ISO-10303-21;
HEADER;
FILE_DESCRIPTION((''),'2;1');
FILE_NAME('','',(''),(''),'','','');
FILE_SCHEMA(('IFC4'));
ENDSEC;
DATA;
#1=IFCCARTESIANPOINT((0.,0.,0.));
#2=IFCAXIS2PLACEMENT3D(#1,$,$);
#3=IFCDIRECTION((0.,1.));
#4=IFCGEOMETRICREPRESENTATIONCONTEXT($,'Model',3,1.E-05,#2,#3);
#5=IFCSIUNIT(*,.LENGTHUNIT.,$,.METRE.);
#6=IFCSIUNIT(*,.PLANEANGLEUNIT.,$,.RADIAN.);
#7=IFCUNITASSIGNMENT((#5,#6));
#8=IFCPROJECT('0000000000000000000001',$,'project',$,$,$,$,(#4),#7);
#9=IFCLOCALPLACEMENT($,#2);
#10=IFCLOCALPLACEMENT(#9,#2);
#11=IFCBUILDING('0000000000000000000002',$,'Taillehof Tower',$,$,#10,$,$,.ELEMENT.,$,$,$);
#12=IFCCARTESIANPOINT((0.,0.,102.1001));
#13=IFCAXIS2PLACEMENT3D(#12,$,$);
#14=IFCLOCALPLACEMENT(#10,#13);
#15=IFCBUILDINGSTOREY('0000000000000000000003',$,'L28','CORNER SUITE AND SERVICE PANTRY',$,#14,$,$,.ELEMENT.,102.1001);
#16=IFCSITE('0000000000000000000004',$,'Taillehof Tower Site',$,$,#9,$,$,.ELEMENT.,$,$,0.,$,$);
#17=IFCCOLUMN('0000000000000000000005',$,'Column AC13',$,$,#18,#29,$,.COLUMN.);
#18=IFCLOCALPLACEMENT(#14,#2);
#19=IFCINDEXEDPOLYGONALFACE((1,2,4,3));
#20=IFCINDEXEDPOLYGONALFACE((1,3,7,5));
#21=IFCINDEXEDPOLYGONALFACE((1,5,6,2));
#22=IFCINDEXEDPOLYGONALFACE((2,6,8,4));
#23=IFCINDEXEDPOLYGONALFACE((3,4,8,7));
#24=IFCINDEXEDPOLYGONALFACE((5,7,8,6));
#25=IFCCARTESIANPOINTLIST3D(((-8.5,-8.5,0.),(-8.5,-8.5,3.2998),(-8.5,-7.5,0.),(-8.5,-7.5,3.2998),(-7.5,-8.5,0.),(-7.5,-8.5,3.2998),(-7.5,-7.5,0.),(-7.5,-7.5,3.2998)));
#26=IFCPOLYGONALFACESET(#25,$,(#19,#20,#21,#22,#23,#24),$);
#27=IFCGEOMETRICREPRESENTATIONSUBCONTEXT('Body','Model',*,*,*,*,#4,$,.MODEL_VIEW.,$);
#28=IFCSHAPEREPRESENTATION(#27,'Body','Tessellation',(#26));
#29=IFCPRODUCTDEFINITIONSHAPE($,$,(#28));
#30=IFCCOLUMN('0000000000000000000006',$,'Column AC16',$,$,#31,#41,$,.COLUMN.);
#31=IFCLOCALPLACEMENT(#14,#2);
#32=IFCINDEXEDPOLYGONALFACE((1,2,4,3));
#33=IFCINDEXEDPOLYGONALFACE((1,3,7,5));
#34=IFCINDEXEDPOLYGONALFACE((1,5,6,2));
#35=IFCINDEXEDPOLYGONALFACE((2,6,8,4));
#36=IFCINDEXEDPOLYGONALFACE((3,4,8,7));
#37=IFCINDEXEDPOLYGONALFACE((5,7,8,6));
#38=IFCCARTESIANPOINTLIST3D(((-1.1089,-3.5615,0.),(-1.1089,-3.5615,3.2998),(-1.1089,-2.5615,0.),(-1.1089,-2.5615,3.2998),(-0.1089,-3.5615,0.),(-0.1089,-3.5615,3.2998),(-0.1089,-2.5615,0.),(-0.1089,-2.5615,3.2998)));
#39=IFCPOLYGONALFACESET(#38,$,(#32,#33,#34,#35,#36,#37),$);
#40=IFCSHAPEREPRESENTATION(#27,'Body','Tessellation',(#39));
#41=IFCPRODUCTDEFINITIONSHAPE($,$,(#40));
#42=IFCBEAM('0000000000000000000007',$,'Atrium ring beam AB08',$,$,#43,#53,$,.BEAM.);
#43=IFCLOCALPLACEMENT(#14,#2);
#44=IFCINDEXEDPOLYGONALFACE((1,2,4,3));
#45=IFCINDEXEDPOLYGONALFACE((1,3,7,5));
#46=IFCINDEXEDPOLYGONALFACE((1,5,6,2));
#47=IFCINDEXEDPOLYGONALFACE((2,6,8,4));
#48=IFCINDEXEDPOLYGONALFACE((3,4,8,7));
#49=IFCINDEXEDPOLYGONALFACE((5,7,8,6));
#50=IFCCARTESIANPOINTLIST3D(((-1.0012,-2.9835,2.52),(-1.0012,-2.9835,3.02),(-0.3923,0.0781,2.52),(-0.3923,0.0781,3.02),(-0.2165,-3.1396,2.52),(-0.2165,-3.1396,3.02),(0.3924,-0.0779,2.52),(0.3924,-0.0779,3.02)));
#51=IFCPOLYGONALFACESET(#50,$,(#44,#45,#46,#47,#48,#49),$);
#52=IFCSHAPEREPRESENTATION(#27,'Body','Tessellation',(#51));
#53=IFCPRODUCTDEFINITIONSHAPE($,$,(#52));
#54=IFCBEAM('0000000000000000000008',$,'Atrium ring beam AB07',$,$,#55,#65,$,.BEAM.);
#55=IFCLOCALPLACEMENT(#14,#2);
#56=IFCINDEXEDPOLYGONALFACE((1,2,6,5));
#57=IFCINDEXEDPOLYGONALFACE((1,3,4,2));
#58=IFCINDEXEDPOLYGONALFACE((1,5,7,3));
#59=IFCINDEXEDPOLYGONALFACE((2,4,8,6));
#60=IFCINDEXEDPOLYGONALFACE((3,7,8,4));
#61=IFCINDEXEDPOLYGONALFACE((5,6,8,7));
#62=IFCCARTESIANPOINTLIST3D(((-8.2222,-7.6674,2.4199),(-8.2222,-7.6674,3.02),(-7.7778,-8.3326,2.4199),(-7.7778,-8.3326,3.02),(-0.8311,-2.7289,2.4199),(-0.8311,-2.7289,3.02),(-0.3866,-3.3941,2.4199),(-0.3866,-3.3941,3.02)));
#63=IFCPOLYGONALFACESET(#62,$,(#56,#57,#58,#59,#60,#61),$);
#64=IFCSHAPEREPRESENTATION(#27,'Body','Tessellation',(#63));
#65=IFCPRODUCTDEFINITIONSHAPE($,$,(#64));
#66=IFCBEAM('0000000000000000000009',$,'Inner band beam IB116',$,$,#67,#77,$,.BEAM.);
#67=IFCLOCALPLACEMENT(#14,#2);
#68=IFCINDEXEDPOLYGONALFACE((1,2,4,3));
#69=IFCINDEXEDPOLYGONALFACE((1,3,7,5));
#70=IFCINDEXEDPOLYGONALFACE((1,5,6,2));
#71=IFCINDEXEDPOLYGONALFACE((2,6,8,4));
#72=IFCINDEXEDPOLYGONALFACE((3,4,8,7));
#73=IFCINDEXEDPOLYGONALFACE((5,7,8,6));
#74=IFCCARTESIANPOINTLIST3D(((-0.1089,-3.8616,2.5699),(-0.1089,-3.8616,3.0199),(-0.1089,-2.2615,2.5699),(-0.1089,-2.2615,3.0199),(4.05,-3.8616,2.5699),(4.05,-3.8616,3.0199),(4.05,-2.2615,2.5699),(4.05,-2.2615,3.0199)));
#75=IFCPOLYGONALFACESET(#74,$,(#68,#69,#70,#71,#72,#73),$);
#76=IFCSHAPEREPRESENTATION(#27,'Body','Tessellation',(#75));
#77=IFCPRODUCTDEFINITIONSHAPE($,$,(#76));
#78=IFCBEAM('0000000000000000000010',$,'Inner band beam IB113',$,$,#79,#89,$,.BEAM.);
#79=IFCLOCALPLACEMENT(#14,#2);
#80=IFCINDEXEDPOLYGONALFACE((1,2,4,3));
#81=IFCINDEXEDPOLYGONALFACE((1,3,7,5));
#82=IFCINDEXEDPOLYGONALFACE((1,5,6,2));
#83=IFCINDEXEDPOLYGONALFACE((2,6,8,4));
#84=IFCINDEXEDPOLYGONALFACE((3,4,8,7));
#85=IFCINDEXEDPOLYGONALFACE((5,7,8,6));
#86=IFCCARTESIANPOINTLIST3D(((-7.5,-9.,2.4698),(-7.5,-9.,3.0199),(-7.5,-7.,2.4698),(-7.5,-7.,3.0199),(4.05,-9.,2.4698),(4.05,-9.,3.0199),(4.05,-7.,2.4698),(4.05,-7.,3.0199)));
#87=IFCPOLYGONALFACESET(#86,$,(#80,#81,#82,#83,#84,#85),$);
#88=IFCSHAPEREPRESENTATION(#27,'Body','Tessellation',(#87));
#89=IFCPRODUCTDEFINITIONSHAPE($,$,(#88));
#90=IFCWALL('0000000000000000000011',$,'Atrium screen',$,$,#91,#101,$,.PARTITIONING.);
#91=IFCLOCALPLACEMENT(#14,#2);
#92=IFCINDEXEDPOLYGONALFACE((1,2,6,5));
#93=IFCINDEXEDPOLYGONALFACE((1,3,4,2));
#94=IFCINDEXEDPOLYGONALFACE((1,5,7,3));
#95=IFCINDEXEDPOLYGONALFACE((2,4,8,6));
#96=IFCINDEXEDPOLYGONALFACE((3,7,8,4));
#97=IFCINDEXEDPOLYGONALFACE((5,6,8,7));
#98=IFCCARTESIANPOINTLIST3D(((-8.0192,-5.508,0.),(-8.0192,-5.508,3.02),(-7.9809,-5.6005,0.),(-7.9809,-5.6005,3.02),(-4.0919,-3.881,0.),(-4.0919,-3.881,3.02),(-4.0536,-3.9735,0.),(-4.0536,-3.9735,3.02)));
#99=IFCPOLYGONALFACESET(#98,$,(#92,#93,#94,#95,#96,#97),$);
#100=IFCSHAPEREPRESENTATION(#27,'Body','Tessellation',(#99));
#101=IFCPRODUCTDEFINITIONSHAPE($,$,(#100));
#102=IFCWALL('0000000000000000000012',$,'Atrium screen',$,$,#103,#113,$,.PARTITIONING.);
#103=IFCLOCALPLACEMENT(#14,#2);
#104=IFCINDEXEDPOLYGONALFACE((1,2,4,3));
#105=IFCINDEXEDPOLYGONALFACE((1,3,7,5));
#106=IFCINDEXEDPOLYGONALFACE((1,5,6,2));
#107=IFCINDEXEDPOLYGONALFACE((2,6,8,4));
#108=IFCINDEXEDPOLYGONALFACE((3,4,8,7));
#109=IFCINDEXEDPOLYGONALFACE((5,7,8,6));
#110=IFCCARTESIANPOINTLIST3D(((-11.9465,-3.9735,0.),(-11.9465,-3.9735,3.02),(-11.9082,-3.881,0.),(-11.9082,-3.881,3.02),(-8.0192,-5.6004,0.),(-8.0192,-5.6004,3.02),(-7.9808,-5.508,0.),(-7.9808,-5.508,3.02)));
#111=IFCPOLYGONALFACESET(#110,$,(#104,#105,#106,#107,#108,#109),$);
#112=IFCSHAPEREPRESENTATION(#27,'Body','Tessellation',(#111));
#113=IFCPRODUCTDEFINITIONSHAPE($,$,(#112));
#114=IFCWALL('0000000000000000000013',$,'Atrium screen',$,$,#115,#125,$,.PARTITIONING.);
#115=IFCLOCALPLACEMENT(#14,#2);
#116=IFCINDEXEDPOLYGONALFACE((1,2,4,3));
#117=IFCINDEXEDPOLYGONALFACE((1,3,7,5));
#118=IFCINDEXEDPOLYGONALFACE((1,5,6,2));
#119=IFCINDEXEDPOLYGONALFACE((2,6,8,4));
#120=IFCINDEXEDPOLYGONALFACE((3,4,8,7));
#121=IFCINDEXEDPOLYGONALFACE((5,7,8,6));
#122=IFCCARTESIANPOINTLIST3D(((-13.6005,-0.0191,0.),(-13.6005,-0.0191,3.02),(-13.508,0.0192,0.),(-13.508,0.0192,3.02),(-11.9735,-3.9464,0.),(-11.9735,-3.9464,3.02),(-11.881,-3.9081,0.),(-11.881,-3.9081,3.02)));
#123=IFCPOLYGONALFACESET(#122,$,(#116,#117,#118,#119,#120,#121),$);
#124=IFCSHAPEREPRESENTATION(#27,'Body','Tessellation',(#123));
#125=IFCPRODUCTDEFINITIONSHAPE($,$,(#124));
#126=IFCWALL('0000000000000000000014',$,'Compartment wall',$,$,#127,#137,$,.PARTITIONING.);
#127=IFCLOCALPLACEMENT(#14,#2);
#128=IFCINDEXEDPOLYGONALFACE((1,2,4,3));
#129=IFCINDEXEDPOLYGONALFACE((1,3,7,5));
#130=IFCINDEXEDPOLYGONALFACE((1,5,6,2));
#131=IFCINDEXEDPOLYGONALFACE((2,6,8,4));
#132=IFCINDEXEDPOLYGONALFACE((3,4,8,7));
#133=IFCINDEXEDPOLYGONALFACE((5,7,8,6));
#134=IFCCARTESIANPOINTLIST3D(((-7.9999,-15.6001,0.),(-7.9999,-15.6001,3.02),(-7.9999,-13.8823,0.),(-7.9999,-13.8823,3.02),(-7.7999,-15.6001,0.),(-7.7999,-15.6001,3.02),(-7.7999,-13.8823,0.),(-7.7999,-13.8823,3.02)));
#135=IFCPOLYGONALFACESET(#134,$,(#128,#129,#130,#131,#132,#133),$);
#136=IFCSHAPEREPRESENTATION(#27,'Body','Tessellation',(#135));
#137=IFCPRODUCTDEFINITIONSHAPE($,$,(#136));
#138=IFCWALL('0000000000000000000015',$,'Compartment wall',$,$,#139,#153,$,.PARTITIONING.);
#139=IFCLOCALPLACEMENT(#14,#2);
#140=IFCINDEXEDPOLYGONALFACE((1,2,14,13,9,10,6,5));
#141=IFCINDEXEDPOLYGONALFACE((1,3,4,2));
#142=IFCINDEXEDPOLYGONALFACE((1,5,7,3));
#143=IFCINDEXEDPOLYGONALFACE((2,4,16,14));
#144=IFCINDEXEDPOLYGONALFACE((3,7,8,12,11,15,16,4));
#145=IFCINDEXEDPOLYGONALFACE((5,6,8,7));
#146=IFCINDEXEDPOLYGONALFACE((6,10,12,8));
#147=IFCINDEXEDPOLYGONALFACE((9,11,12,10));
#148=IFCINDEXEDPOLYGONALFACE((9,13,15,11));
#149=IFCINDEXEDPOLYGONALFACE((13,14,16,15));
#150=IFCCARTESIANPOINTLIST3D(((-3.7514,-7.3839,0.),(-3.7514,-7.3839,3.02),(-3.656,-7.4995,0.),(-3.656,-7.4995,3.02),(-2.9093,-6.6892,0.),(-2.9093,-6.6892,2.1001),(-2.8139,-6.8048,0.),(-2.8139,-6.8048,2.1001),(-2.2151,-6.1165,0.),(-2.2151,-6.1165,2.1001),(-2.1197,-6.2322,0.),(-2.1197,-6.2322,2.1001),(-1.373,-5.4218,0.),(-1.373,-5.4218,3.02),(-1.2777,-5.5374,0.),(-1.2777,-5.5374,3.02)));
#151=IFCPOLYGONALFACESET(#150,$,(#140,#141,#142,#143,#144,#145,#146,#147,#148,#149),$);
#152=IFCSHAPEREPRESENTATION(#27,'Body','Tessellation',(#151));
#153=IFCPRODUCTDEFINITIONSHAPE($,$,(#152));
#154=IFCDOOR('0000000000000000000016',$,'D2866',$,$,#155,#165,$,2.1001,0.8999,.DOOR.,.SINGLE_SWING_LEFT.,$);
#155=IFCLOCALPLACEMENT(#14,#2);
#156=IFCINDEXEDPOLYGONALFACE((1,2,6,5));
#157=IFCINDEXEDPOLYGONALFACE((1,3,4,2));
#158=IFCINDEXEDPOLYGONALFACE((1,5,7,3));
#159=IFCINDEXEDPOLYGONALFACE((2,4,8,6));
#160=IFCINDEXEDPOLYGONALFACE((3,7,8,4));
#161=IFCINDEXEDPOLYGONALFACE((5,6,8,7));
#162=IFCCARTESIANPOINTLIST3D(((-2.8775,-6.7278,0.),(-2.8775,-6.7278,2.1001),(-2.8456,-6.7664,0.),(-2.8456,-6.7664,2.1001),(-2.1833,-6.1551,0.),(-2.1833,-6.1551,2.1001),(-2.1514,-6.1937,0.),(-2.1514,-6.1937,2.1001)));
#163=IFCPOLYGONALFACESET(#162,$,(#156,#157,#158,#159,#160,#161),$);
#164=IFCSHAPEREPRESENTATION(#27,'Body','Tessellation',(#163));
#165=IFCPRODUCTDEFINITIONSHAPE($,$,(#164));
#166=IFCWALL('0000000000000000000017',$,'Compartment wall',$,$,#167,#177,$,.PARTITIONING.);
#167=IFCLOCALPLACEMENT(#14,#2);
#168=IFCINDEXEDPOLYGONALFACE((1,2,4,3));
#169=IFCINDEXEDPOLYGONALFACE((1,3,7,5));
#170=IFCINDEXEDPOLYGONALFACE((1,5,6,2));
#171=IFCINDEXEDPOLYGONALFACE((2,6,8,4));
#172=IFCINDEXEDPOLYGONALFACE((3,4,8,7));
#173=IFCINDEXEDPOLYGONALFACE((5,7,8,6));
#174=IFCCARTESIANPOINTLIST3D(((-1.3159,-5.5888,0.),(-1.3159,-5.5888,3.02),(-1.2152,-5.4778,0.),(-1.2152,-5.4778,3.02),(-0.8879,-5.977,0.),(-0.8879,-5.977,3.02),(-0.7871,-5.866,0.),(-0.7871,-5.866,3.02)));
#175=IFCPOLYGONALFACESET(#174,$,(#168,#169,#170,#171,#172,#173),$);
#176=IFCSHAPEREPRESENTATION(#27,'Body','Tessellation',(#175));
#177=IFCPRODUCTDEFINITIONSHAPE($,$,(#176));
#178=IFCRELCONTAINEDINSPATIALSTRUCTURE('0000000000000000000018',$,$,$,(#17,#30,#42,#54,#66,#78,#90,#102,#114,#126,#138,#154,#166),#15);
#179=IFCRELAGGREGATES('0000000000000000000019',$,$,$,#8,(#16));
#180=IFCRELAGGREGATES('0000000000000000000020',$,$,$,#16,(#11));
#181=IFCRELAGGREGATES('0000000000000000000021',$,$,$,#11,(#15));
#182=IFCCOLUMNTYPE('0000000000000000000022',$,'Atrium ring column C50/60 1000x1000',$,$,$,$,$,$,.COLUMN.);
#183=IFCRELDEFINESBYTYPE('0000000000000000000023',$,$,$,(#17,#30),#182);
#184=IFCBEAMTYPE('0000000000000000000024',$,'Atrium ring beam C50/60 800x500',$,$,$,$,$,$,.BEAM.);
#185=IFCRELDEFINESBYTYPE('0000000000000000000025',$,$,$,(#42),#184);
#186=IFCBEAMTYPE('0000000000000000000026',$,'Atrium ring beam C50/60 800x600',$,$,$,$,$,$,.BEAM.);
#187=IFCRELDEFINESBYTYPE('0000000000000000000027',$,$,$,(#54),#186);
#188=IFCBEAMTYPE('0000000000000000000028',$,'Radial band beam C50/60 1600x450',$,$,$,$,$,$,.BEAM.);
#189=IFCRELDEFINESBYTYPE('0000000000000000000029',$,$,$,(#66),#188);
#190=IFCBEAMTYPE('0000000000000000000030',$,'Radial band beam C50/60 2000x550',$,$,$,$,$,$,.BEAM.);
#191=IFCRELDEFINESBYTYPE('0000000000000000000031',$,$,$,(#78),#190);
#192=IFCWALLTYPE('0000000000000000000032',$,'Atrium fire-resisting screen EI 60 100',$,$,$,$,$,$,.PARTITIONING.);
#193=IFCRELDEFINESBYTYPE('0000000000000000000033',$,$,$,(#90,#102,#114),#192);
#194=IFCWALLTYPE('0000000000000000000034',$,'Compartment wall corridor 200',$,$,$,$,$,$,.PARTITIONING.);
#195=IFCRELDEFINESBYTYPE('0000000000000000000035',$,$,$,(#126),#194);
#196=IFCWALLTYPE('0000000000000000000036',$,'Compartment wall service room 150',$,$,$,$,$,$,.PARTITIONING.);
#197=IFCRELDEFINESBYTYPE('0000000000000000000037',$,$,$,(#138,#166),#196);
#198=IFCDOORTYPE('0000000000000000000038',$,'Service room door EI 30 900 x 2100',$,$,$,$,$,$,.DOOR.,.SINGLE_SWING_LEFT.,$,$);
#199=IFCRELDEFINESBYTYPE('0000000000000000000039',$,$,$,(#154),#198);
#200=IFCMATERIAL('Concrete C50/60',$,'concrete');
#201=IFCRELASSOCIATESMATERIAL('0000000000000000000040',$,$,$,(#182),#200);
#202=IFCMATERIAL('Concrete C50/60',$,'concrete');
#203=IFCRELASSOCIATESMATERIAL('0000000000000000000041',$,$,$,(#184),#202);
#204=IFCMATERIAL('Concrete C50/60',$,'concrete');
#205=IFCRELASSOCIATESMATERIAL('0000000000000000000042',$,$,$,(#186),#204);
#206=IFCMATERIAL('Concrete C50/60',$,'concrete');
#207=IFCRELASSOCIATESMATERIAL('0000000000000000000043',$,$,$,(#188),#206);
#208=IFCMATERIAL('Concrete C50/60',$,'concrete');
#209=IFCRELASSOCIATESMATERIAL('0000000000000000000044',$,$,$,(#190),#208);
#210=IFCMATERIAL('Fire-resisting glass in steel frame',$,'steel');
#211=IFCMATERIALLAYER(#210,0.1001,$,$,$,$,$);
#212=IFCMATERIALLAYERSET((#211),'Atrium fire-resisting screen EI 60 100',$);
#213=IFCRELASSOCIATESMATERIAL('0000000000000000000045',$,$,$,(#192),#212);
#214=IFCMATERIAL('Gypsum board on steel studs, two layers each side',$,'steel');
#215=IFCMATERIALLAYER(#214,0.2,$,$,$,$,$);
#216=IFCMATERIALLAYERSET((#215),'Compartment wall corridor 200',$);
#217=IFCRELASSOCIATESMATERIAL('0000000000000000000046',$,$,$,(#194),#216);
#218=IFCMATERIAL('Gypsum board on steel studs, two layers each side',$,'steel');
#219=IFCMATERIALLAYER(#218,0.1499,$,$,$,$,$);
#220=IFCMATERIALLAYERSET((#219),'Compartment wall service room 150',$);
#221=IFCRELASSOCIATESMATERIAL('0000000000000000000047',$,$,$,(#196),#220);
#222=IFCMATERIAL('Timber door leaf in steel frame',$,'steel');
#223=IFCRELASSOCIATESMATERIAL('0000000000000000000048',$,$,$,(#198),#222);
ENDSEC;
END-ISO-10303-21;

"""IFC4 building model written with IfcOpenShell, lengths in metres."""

from ifc_helpers import new_model, si_unit, direction, frame, frame_2d, origin, origin_2d, place, context, subcontext, project, spatial, rectangle, extrude, material, layer, layer_set, material_profile, profile_set, type_object, element, fill, save


model = new_model("IFC4")

# Units and contexts
model_context = context("Model", 3, precision=1e-05, world=origin(), true_north=direction((0.0, 1.0)))
body_context = subcontext(model_context, "Body", "Model", "MODEL_VIEW")
ifc_project = project(units=[si_unit("LENGTHUNIT", "METRE"), si_unit("PLANEANGLEUNIT", "RADIAN")], contexts=[model_context])

# Site, building, storey
site_placement = place(None, origin())
site = spatial("IfcSite", under=ifc_project, at=site_placement, Name="Taillehof Tower Site", CompositionType="ELEMENT", RefElevation=0.0)
building_placement = place(site_placement, origin())
building = spatial("IfcBuilding", under=site, at=building_placement, Name="Taillehof Tower", CompositionType="ELEMENT")
storey_placement = place(building_placement, frame((0.0, 0.0, 102.1001)))
storey = spatial("IfcBuildingStorey", under=building, at=storey_placement, Name="L28", Description="CORNER SUITE AND SERVICE PANTRY", CompositionType="ELEMENT", Elevation=102.1001)

# Columns
ifc_material_1 = material(Name="Concrete C50/60", Category="concrete")
ifc_material_profile_1 = material_profile(ifc_material_1, rectangle(XDim=1.0, YDim=1.0, at=origin_2d()), Name="RC 1000x1000")
ifc_profile_set_1 = profile_set([ifc_material_profile_1], Name="Concrete C50/60")
column_type = type_object("IfcColumnType", Name="Atrium ring column C50/60 1000x1000", PredefinedType="COLUMN", material=ifc_profile_set_1)
for number, where, z_axis, x_axis, name in (
    (1, (-8.0, -8.0, 0.0), (0.0, 0.0, 1.0), (1.0, 0.0, 0.0), "Column AC13"),
    (2, (-0.6089, -3.0615, 0.0), (0.0, 0.0, 1.0), (1.0, 0.0, 0.0), "Column AC16"),
):
    element("IfcColumn", number, at=place(storey_placement, frame(where, z_axis=z_axis, x_axis=x_axis)), inside=storey, type_object=column_type, Name=name, PredefinedType="COLUMN", context=body_context, shape_type="SweptSolid", body=[
        extrude(rectangle(XDim=1.0, YDim=1.0, at=origin_2d()), origin(), (0.0, 0.0, 1.0), 3.2998),
    ])

# Beams
ifc_material_2 = material(Name="Concrete C50/60", Category="concrete")
ifc_material_profile_2 = material_profile(ifc_material_2, rectangle(XDim=0.8, YDim=0.5, at=origin_2d()), Name="RC 800x500")
ifc_profile_set_2 = profile_set([ifc_material_profile_2], Name="Concrete C50/60")
beam_type_1 = type_object("IfcBeamType", Name="Atrium ring beam C50/60 800x500", PredefinedType="BEAM", material=ifc_profile_set_2)
beam_1_placement = place(storey_placement, frame((-0.6089, -3.0615, 2.77), z_axis=(0.195063, 0.980791, 0.0), x_axis=(-0.980791, 0.195063, 0.0)))
element("IfcBeam", 3, at=beam_1_placement, inside=storey, type_object=beam_type_1, Name="Atrium ring beam AB08", PredefinedType="BEAM", context=body_context, shape_type="SweptSolid", body=[
    extrude(rectangle(XDim=0.8, YDim=0.5, at=origin_2d()), origin(), (0.0, 0.0, 1.0), 3.1216),
])
ifc_material_3 = material(Name="Concrete C50/60", Category="concrete")
ifc_material_profile_3 = material_profile(ifc_material_3, rectangle(XDim=0.8, YDim=0.6001, at=origin_2d()), Name="RC 800x600")
ifc_profile_set_3 = profile_set([ifc_material_profile_3], Name="Concrete C50/60")
beam_type_2 = type_object("IfcBeamType", Name="Atrium ring beam C50/60 800x600", PredefinedType="BEAM", material=ifc_profile_set_3)
beam_2_placement = place(storey_placement, frame((-8.0, -8.0, 2.72), z_axis=(0.831475, 0.555562, 0.0), x_axis=(-0.555562, 0.831475, 0.0)))
element("IfcBeam", 4, at=beam_2_placement, inside=storey, type_object=beam_type_2, Name="Atrium ring beam AB07", PredefinedType="BEAM", context=body_context, shape_type="SweptSolid", body=[
    extrude(rectangle(XDim=0.8, YDim=0.6001, at=origin_2d()), origin(), (0.0, 0.0, 1.0), 8.8892),
])
ifc_material_4 = material(Name="Concrete C50/60", Category="concrete")
ifc_material_profile_4 = material_profile(ifc_material_4, rectangle(XDim=1.6001, YDim=0.45, at=origin_2d()), Name="RC 1600x450")
ifc_profile_set_4 = profile_set([ifc_material_profile_4], Name="Concrete C50/60")
beam_type_3 = type_object("IfcBeamType", Name="Radial band beam C50/60 1600x450", PredefinedType="BEAM", material=ifc_profile_set_4)
beam_3_placement = place(storey_placement, frame((-0.1089, -3.0615, 2.7949), z_axis=(1.0, 0.0, 0.0), x_axis=(0.0, 1.0, 0.0)))
element("IfcBeam", 5, at=beam_3_placement, inside=storey, type_object=beam_type_3, Name="Inner band beam IB116", PredefinedType="BEAM", context=body_context, shape_type="SweptSolid", body=[
    extrude(rectangle(XDim=1.6001, YDim=0.45, at=origin_2d()), origin(), (0.0, 0.0, 1.0), 4.1589),
])
ifc_material_5 = material(Name="Concrete C50/60", Category="concrete")
ifc_material_profile_5 = material_profile(ifc_material_5, rectangle(XDim=2.0, YDim=0.55, at=origin_2d()), Name="RC 2000x550")
ifc_profile_set_5 = profile_set([ifc_material_profile_5], Name="Concrete C50/60")
beam_type_4 = type_object("IfcBeamType", Name="Radial band beam C50/60 2000x550", PredefinedType="BEAM", material=ifc_profile_set_5)
beam_4_placement = place(storey_placement, frame((-7.5, -8.0, 2.7449), z_axis=(1.0, 0.0, 0.0), x_axis=(0.0, 1.0, 0.0)))
element("IfcBeam", 6, at=beam_4_placement, inside=storey, type_object=beam_type_4, Name="Inner band beam IB113", PredefinedType="BEAM", context=body_context, shape_type="SweptSolid", body=[
    extrude(rectangle(XDim=2.0, YDim=0.55, at=origin_2d()), origin(), (0.0, 0.0, 1.0), 11.55),
])

# Walls
ifc_material_6 = material(Name="Fire-resisting glass in steel frame", Category="steel")
ifc_layer_1 = layer(ifc_material_6, 0.1001)
ifc_layer_set_1 = layer_set([ifc_layer_1], Name="Atrium fire-resisting screen EI 60 100")
wall_type_1 = type_object("IfcWallType", Name="Atrium fire-resisting screen EI 60 100", PredefinedType="PARTITIONING", material=ifc_layer_set_1)
for number, where, z_axis, x_axis, name in (
    (7, (-4.0728, -3.9272, 0.0), (0.0, 0.0, 1.0), (-0.92386, -0.382731, 0.0), "Atrium screen"),
    (8, (-8.0, -5.5542, 0.0), (0.0, 0.0, 1.0), (-0.92386, 0.382731, 0.0), "Atrium screen"),
    (9, (-11.9272, -3.9272, 0.0), (0.0, 0.0, 1.0), (-0.382731, 0.92386, 0.0), "Atrium screen"),
):
    element("IfcWall", number, at=place(storey_placement, frame(where, z_axis=z_axis, x_axis=x_axis)), inside=storey, type_object=wall_type_1, Name=name, PredefinedType="PARTITIONING", context=body_context, shape_type="SweptSolid", body=[
        extrude(rectangle(XDim=4.251, YDim=0.1001, at=frame_2d((2.1255, 0.0))), origin(), (0.0, 0.0, 1.0), 3.02),
    ])
ifc_material_7 = material(Name="Gypsum board on steel studs, two layers each side", Category="steel")
ifc_layer_2 = layer(ifc_material_7, 0.2)
ifc_layer_set_2 = layer_set([ifc_layer_2], Name="Compartment wall corridor 200")
wall_type_2 = type_object("IfcWallType", Name="Compartment wall corridor 200", PredefinedType="PARTITIONING", material=ifc_layer_set_2)
wall_1_placement = place(storey_placement, frame((-7.8999, -13.8823, 0.0), z_axis=(0.0, 0.0, 1.0), x_axis=(0.0, -1.0, 0.0)))
element("IfcWall", 10, at=wall_1_placement, inside=storey, type_object=wall_type_2, Name="Compartment wall", PredefinedType="PARTITIONING", context=body_context, shape_type="SweptSolid", body=[
    extrude(rectangle(XDim=1.7178, YDim=0.2, at=frame_2d((0.8589, 0.0))), origin(), (0.0, 0.0, 1.0), 3.02),
])

# Wall, opening, door
ifc_material_8 = material(Name="Gypsum board on steel studs, two layers each side", Category="steel")
ifc_layer_3 = layer(ifc_material_8, 0.1499)
ifc_layer_set_3 = layer_set([ifc_layer_3], Name="Compartment wall service room 150")
wall_type_3 = type_object("IfcWallType", Name="Compartment wall service room 150", PredefinedType="PARTITIONING", material=ifc_layer_set_3)
wall_2_placement = place(storey_placement, frame((-3.7036, -7.4417, 0.0), z_axis=(0.0, 0.0, 1.0), x_axis=(0.771379, 0.636376, 0.0)))
wall_2 = element("IfcWall", 11, at=wall_2_placement, inside=storey, type_object=wall_type_3, Name="Compartment wall", PredefinedType="PARTITIONING", context=body_context, shape_type="SweptSolid", body=[
    extrude(rectangle(XDim=3.0833, YDim=0.1499, at=frame_2d((1.5415, 0.0))), origin(), (0.0, 0.0, 1.0), 3.02),
])
opening_1_placement = place(wall_2_placement, frame((1.0916, 0.0, 0.0)))
opening_1 = element("IfcOpeningElement", 12, at=opening_1_placement, cuts=wall_2, PredefinedType="OPENING", context=body_context, shape_type="SweptSolid", body=[
    extrude(rectangle(XDim=0.8999, YDim=2.1001, at=frame_2d((0.45, 1.05))), frame((0.0, 0.085, 0.0), z_axis=(0.0, -1.0, 0.0), x_axis=(1.0, 0.0, 0.0)), (0.0, 0.0, 1.0), 0.1699),
])
ifc_material_9 = material(Name="Timber door leaf in steel frame", Category="steel")
door_type_1 = type_object("IfcDoorType", Name="Service room door EI 30 900 x 2100", OperationType="SINGLE_SWING_LEFT", PredefinedType="DOOR", material=ifc_material_9)
door_1_placement = place(opening_1_placement, origin())
door_1 = element("IfcDoor", 13, at=door_1_placement, inside=storey, type_object=door_type_1, Name="D2866", OperationType="SINGLE_SWING_LEFT", OverallHeight=2.1001, OverallWidth=0.8999, PredefinedType="DOOR", context=body_context, shape_type="SweptSolid", body=[
    extrude(rectangle(XDim=0.8999, YDim=2.1001, at=frame_2d((0.45, 1.05))), frame((0.0, 0.0249, 0.0), z_axis=(0.0, -1.0, 0.0), x_axis=(1.0, 0.0, 0.0)), (0.0, 0.0, 1.0), 0.05),
])
fill(opening_1, door_1)

# Wall
wall_3_placement = place(storey_placement, frame((-1.2656, -5.5332, 0.0), z_axis=(0.0, 0.0, 1.0), x_axis=(0.740704, -0.671831, 0.0)))
element("IfcWall", 14, at=wall_3_placement, inside=storey, type_object=wall_type_3, Name="Compartment wall", PredefinedType="PARTITIONING", context=body_context, shape_type="SweptSolid", body=[
    extrude(rectangle(XDim=0.5779, YDim=0.1499, at=frame_2d((0.2891, 0.0))), origin(), (0.0, 0.0, 1.0), 3.02),
])

save(model, "model.ifc")
